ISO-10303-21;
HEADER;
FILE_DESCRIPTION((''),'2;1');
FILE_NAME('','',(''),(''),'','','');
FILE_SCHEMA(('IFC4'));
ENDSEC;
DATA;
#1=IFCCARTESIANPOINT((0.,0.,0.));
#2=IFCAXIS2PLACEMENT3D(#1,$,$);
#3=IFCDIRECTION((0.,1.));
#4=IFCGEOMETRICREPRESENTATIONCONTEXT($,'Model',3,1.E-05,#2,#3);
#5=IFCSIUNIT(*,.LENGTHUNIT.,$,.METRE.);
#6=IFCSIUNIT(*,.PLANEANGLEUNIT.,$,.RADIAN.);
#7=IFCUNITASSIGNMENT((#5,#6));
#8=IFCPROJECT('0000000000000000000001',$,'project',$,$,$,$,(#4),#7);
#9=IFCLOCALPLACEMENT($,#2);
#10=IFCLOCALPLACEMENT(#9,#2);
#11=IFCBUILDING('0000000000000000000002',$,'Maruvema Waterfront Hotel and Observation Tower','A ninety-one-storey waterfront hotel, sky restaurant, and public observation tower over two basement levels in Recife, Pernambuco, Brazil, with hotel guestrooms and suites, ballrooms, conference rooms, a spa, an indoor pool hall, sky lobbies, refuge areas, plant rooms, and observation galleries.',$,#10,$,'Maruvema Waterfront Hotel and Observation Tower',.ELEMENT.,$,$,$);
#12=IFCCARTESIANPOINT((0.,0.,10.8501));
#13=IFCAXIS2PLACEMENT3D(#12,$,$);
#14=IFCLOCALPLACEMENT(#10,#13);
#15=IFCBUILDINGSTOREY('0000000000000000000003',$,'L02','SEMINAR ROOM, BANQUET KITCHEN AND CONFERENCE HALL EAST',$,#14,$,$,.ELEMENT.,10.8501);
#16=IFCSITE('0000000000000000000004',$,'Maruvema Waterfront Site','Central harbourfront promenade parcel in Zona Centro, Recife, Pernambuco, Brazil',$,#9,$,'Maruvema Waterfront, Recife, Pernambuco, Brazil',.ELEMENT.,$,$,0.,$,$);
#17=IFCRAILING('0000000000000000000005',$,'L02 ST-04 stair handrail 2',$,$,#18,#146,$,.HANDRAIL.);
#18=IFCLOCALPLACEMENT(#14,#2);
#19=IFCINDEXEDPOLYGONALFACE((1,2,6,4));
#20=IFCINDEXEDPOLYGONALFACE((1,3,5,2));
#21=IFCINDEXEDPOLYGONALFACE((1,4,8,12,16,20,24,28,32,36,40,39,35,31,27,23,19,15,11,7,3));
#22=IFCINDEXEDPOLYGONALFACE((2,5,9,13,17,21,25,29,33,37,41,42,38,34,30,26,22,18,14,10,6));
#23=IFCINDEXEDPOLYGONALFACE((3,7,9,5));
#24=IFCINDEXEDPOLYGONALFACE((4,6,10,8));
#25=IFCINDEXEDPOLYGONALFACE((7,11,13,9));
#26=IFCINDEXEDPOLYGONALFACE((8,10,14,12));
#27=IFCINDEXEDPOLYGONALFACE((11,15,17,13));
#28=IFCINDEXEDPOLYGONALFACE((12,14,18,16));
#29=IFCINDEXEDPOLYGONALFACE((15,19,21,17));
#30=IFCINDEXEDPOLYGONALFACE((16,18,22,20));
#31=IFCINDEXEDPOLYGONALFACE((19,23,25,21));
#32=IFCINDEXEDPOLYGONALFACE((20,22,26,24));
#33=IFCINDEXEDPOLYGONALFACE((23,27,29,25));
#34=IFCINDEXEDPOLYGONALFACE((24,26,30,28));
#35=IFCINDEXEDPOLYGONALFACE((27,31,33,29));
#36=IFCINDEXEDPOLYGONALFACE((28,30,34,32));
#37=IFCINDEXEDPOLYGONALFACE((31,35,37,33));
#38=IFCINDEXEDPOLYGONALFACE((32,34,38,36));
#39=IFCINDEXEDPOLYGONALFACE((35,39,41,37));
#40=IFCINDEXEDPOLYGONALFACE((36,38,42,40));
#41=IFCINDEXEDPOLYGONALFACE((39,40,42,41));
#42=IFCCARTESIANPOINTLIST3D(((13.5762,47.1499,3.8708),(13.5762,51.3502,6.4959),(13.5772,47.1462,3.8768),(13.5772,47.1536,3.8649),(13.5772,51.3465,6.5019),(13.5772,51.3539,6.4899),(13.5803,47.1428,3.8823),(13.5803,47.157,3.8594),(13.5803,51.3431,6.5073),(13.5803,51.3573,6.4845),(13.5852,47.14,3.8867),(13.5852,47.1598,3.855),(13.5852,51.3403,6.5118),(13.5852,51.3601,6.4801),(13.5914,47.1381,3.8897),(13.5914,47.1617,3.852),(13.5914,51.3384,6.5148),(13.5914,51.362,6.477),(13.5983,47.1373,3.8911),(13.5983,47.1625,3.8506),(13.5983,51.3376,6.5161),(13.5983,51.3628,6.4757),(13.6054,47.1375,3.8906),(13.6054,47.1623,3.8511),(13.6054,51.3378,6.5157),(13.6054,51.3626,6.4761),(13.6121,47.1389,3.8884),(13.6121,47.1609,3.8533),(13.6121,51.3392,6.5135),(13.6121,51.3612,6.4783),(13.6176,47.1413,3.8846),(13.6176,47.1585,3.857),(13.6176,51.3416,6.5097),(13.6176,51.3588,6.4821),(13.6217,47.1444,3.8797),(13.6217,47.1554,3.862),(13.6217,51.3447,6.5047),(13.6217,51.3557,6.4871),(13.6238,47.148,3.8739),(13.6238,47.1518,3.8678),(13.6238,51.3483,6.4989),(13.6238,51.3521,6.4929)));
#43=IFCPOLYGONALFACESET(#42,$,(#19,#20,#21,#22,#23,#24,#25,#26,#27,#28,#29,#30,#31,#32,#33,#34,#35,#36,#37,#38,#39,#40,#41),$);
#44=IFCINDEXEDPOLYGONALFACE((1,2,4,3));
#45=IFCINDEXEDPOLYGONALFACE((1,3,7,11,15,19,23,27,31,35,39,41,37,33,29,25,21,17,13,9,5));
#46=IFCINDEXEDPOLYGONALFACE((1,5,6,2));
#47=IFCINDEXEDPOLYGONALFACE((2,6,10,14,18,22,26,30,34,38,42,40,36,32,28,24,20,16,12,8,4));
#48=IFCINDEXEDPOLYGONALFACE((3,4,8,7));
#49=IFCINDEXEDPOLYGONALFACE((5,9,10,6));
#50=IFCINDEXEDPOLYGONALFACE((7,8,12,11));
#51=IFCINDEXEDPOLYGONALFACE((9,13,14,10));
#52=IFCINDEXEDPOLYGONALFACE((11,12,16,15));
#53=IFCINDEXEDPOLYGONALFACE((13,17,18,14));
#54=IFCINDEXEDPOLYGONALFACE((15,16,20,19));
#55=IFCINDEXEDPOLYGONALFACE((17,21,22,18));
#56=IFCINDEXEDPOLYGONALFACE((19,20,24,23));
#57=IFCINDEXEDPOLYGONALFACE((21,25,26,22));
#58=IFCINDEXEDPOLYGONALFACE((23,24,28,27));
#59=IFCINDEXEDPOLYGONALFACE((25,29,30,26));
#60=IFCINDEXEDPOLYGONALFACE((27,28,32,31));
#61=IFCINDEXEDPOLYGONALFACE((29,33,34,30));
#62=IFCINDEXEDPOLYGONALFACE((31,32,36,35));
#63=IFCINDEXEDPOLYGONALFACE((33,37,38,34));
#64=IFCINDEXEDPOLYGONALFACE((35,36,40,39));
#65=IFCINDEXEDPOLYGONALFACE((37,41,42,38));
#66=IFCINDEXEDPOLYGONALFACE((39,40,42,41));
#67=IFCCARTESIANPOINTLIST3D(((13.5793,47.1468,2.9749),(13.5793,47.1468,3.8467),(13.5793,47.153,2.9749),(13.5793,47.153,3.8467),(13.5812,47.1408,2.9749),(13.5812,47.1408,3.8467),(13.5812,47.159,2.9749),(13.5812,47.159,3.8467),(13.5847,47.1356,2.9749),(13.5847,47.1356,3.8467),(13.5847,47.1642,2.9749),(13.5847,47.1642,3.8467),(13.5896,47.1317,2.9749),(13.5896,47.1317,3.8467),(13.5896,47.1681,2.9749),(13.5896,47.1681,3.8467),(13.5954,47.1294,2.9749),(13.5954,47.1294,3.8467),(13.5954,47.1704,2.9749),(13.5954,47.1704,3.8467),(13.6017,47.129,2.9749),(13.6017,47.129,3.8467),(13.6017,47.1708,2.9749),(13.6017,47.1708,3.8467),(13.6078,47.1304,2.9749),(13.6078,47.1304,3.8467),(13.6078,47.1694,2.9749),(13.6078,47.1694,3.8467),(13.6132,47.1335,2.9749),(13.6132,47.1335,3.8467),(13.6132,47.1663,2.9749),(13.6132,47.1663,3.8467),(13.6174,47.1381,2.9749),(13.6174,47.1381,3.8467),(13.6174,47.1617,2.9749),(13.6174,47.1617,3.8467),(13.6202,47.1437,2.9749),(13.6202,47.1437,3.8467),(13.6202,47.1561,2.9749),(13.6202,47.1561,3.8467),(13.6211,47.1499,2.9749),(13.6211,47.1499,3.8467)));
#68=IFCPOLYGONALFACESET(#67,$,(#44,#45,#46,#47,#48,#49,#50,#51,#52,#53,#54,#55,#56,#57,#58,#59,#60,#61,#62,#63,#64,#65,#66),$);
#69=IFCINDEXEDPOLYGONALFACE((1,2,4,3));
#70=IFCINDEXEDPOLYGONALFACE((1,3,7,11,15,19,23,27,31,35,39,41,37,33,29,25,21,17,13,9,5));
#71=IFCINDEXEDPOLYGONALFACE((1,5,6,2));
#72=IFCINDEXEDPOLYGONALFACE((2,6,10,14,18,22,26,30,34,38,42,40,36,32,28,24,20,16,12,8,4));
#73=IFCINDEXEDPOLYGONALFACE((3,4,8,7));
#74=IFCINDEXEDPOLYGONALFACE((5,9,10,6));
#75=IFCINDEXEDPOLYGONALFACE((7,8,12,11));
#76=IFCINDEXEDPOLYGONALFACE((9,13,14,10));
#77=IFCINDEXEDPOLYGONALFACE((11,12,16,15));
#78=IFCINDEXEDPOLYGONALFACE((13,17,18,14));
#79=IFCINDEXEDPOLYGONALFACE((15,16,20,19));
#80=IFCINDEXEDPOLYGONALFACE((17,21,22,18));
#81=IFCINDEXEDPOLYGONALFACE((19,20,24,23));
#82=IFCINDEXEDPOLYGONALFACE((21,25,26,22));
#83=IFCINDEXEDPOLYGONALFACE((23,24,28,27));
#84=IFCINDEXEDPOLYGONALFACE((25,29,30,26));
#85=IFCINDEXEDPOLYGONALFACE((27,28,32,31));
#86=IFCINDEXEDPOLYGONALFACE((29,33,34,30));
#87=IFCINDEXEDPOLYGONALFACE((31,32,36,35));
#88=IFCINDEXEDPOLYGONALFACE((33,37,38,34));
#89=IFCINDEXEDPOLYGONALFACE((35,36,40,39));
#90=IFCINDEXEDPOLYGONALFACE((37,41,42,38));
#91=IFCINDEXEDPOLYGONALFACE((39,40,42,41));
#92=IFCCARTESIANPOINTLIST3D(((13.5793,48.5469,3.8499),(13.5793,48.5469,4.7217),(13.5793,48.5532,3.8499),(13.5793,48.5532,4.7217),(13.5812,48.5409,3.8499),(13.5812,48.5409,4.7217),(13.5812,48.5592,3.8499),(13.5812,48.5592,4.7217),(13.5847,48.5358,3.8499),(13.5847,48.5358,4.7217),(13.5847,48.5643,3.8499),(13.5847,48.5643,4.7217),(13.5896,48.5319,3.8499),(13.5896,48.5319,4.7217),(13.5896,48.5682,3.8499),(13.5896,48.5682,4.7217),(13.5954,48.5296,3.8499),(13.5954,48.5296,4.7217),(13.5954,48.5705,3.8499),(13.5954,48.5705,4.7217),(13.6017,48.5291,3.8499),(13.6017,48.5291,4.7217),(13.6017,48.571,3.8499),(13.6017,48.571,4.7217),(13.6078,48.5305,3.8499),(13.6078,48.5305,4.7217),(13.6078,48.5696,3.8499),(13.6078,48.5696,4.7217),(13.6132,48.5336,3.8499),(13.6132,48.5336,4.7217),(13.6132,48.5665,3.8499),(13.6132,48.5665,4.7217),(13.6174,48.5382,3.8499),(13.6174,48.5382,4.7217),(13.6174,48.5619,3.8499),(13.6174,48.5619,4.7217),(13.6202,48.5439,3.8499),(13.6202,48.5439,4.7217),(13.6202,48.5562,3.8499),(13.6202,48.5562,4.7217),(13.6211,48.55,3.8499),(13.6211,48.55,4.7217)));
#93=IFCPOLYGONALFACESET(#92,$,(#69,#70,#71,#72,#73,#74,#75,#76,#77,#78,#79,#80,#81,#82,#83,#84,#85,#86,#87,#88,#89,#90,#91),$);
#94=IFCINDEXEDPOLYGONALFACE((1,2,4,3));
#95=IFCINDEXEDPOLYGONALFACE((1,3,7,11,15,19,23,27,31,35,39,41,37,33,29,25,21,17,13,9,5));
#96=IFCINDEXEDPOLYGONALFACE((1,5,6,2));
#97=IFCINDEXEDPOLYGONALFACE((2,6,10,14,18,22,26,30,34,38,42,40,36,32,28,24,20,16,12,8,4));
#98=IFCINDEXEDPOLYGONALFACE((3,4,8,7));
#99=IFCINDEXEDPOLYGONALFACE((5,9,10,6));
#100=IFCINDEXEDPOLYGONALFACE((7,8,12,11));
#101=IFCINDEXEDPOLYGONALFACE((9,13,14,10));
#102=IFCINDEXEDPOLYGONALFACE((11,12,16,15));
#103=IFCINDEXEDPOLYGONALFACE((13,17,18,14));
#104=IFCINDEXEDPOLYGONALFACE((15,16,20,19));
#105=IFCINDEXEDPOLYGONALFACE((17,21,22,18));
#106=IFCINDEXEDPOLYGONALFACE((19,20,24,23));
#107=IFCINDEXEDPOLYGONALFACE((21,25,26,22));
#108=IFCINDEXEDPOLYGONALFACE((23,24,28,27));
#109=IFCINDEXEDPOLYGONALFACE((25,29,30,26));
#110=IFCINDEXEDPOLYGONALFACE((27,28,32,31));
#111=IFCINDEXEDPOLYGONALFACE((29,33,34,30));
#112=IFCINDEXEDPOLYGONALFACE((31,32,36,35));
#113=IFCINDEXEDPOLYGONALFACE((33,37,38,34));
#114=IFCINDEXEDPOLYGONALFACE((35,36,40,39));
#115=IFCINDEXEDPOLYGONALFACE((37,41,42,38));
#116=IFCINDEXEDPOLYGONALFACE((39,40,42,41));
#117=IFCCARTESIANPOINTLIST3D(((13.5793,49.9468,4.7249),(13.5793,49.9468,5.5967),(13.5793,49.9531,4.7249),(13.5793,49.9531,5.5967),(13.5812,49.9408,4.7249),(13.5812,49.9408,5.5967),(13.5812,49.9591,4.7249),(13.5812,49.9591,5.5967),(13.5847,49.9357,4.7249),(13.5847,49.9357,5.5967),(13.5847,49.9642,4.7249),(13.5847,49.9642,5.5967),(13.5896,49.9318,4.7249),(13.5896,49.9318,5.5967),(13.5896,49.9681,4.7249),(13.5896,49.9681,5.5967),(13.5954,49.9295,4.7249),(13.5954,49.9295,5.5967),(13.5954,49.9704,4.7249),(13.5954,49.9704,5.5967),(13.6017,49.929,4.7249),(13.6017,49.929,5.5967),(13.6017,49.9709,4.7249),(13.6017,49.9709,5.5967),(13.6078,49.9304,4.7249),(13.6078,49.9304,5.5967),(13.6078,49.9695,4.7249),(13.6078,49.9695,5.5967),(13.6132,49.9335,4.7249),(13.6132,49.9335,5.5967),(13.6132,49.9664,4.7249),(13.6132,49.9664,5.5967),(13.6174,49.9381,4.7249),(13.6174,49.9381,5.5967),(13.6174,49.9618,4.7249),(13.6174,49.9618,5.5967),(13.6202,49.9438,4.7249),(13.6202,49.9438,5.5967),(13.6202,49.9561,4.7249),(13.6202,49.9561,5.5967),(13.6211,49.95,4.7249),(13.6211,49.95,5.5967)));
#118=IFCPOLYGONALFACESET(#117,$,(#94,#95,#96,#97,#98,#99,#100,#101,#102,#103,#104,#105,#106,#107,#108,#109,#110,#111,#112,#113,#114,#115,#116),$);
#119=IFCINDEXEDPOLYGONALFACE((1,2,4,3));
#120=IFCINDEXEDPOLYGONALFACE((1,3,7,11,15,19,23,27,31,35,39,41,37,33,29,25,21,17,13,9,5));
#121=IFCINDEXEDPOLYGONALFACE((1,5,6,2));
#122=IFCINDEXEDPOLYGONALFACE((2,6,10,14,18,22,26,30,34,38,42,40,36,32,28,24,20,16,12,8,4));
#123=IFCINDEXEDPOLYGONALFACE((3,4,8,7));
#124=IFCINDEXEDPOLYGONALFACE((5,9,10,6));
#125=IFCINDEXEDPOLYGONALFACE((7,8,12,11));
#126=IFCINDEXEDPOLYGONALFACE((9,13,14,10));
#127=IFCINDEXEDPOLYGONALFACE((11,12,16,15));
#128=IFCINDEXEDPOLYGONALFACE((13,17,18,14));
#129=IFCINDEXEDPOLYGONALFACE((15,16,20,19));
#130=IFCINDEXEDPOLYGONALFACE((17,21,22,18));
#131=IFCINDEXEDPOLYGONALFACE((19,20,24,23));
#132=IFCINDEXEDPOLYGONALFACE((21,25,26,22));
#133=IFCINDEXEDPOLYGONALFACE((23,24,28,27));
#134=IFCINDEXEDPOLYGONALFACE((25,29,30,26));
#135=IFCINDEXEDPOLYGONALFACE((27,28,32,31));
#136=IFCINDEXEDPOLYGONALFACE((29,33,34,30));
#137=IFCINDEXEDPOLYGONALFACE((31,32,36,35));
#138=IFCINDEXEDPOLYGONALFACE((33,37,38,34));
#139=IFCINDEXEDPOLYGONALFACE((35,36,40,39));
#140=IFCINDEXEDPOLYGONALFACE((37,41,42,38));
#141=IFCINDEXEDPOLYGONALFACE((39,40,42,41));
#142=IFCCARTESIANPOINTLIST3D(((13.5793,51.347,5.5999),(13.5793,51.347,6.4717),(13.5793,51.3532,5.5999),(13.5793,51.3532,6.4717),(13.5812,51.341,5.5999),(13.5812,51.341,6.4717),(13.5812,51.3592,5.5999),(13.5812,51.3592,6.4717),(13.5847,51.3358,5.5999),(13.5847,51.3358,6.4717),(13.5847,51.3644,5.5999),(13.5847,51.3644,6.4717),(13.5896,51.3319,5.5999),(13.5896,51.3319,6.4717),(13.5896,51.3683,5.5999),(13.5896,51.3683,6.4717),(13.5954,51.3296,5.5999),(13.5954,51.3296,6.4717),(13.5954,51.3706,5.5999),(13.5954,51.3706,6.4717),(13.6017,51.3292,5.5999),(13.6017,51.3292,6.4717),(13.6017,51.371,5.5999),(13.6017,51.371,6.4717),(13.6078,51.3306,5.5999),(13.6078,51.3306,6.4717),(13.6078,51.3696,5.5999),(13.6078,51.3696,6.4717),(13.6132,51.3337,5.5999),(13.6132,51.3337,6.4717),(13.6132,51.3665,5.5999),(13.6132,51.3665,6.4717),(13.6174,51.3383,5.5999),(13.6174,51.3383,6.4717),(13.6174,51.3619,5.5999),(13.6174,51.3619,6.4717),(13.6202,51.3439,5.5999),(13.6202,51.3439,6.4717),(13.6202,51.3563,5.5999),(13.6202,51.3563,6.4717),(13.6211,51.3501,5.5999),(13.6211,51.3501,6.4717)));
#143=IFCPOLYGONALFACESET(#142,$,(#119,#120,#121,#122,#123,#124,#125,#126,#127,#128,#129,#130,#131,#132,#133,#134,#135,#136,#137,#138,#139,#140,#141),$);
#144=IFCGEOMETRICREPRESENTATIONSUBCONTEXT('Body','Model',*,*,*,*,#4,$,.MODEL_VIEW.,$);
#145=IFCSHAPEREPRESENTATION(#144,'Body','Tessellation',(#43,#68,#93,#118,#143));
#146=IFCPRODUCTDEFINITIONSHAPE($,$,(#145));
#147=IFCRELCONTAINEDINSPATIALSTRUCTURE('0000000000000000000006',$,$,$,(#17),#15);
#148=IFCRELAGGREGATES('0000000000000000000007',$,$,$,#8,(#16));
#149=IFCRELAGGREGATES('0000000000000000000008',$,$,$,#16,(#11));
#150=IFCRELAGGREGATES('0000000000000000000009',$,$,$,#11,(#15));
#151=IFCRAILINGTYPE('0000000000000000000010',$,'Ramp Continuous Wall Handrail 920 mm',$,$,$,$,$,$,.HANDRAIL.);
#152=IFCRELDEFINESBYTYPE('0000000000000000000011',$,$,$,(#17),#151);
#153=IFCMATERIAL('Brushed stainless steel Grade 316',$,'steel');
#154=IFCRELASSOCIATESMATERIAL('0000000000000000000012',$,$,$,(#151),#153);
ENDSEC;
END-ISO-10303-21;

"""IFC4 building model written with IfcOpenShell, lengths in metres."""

from ifc_helpers import new_model, si_unit, direction, frame, origin, origin_2d, place, context, subcontext, project, spatial, circle, extrude, material, type_object, element, save


model = new_model("IFC4")

# Units and contexts
model_context = context("Model", 3, precision=1e-05, world=origin(), true_north=direction((0.0, 1.0)))
body_context = subcontext(model_context, "Body", "Model", "MODEL_VIEW")
ifc_project = project(units=[si_unit("LENGTHUNIT", "METRE"), si_unit("PLANEANGLEUNIT", "RADIAN")], contexts=[model_context])

# Site, building, storey
site_placement = place(None, origin())
site = spatial("IfcSite", under=ifc_project, at=site_placement, Name="Maruvema Waterfront Site", Description="Central harbourfront promenade parcel in Zona Centro, Recife, Pernambuco, Brazil", LongName="Maruvema Waterfront, Recife, Pernambuco, Brazil", CompositionType="ELEMENT", RefElevation=0.0)
building_placement = place(site_placement, origin())
building = spatial("IfcBuilding", under=site, at=building_placement, Name="Maruvema Waterfront Hotel and Observation Tower", Description="A ninety-one-storey waterfront hotel, sky restaurant, and public observation tower over two basement levels in Recife, Pernambuco, Brazil, with hotel guestrooms and suites, ballrooms, conference rooms, a spa, an indoor pool hall, sky lobbies, refuge areas, plant rooms, and observation galleries.", LongName="Maruvema Waterfront Hotel and Observation Tower", CompositionType="ELEMENT")
storey_placement = place(building_placement, frame((0.0, 0.0, 10.8501)))
storey = spatial("IfcBuildingStorey", under=building, at=storey_placement, Name="L02", Description="SEMINAR ROOM, BANQUET KITCHEN AND CONFERENCE HALL EAST", CompositionType="ELEMENT", Elevation=10.8501)

# Railing
ifc_material_1 = material(Name="Brushed stainless steel Grade 316", Category="steel")
railing_type_1 = type_object("IfcRailingType", Name="Ramp Continuous Wall Handrail 920 mm", PredefinedType="HANDRAIL", material=ifc_material_1)
railing_1_placement = place(storey_placement, frame((13.6001, 47.1499, 2.9749)))
element("IfcRailing", 1, at=railing_1_placement, inside=storey, type_object=railing_type_1, Name="L02 ST-04 stair handrail 2", PredefinedType="HANDRAIL", context=body_context, shape_type="SweptSolid", body=[
    extrude(circle(Radius=0.0239, at=origin_2d()), frame((0.0, 0.0, 0.896), z_axis=(0.0, 0.848009, 0.529981), x_axis=(-1.0, 0.0, 0.0)), (0.0, 0.0, 1.0), 4.9531),
    extrude(circle(Radius=0.021, at=origin_2d()), origin(), (0.0, 0.0, 1.0), 0.8718),
    extrude(circle(Radius=0.021, at=origin_2d()), frame((0.0, 1.4001, 0.875)), (0.0, 0.0, 1.0), 0.8718),
    extrude(circle(Radius=0.021, at=origin_2d()), frame((0.0, 2.8, 1.75)), (0.0, 0.0, 1.0), 0.8718),
    extrude(circle(Radius=0.021, at=origin_2d()), frame((0.0, 4.2002, 2.625)), (0.0, 0.0, 1.0), 0.8718),
])

save(model, "model.ifc")
